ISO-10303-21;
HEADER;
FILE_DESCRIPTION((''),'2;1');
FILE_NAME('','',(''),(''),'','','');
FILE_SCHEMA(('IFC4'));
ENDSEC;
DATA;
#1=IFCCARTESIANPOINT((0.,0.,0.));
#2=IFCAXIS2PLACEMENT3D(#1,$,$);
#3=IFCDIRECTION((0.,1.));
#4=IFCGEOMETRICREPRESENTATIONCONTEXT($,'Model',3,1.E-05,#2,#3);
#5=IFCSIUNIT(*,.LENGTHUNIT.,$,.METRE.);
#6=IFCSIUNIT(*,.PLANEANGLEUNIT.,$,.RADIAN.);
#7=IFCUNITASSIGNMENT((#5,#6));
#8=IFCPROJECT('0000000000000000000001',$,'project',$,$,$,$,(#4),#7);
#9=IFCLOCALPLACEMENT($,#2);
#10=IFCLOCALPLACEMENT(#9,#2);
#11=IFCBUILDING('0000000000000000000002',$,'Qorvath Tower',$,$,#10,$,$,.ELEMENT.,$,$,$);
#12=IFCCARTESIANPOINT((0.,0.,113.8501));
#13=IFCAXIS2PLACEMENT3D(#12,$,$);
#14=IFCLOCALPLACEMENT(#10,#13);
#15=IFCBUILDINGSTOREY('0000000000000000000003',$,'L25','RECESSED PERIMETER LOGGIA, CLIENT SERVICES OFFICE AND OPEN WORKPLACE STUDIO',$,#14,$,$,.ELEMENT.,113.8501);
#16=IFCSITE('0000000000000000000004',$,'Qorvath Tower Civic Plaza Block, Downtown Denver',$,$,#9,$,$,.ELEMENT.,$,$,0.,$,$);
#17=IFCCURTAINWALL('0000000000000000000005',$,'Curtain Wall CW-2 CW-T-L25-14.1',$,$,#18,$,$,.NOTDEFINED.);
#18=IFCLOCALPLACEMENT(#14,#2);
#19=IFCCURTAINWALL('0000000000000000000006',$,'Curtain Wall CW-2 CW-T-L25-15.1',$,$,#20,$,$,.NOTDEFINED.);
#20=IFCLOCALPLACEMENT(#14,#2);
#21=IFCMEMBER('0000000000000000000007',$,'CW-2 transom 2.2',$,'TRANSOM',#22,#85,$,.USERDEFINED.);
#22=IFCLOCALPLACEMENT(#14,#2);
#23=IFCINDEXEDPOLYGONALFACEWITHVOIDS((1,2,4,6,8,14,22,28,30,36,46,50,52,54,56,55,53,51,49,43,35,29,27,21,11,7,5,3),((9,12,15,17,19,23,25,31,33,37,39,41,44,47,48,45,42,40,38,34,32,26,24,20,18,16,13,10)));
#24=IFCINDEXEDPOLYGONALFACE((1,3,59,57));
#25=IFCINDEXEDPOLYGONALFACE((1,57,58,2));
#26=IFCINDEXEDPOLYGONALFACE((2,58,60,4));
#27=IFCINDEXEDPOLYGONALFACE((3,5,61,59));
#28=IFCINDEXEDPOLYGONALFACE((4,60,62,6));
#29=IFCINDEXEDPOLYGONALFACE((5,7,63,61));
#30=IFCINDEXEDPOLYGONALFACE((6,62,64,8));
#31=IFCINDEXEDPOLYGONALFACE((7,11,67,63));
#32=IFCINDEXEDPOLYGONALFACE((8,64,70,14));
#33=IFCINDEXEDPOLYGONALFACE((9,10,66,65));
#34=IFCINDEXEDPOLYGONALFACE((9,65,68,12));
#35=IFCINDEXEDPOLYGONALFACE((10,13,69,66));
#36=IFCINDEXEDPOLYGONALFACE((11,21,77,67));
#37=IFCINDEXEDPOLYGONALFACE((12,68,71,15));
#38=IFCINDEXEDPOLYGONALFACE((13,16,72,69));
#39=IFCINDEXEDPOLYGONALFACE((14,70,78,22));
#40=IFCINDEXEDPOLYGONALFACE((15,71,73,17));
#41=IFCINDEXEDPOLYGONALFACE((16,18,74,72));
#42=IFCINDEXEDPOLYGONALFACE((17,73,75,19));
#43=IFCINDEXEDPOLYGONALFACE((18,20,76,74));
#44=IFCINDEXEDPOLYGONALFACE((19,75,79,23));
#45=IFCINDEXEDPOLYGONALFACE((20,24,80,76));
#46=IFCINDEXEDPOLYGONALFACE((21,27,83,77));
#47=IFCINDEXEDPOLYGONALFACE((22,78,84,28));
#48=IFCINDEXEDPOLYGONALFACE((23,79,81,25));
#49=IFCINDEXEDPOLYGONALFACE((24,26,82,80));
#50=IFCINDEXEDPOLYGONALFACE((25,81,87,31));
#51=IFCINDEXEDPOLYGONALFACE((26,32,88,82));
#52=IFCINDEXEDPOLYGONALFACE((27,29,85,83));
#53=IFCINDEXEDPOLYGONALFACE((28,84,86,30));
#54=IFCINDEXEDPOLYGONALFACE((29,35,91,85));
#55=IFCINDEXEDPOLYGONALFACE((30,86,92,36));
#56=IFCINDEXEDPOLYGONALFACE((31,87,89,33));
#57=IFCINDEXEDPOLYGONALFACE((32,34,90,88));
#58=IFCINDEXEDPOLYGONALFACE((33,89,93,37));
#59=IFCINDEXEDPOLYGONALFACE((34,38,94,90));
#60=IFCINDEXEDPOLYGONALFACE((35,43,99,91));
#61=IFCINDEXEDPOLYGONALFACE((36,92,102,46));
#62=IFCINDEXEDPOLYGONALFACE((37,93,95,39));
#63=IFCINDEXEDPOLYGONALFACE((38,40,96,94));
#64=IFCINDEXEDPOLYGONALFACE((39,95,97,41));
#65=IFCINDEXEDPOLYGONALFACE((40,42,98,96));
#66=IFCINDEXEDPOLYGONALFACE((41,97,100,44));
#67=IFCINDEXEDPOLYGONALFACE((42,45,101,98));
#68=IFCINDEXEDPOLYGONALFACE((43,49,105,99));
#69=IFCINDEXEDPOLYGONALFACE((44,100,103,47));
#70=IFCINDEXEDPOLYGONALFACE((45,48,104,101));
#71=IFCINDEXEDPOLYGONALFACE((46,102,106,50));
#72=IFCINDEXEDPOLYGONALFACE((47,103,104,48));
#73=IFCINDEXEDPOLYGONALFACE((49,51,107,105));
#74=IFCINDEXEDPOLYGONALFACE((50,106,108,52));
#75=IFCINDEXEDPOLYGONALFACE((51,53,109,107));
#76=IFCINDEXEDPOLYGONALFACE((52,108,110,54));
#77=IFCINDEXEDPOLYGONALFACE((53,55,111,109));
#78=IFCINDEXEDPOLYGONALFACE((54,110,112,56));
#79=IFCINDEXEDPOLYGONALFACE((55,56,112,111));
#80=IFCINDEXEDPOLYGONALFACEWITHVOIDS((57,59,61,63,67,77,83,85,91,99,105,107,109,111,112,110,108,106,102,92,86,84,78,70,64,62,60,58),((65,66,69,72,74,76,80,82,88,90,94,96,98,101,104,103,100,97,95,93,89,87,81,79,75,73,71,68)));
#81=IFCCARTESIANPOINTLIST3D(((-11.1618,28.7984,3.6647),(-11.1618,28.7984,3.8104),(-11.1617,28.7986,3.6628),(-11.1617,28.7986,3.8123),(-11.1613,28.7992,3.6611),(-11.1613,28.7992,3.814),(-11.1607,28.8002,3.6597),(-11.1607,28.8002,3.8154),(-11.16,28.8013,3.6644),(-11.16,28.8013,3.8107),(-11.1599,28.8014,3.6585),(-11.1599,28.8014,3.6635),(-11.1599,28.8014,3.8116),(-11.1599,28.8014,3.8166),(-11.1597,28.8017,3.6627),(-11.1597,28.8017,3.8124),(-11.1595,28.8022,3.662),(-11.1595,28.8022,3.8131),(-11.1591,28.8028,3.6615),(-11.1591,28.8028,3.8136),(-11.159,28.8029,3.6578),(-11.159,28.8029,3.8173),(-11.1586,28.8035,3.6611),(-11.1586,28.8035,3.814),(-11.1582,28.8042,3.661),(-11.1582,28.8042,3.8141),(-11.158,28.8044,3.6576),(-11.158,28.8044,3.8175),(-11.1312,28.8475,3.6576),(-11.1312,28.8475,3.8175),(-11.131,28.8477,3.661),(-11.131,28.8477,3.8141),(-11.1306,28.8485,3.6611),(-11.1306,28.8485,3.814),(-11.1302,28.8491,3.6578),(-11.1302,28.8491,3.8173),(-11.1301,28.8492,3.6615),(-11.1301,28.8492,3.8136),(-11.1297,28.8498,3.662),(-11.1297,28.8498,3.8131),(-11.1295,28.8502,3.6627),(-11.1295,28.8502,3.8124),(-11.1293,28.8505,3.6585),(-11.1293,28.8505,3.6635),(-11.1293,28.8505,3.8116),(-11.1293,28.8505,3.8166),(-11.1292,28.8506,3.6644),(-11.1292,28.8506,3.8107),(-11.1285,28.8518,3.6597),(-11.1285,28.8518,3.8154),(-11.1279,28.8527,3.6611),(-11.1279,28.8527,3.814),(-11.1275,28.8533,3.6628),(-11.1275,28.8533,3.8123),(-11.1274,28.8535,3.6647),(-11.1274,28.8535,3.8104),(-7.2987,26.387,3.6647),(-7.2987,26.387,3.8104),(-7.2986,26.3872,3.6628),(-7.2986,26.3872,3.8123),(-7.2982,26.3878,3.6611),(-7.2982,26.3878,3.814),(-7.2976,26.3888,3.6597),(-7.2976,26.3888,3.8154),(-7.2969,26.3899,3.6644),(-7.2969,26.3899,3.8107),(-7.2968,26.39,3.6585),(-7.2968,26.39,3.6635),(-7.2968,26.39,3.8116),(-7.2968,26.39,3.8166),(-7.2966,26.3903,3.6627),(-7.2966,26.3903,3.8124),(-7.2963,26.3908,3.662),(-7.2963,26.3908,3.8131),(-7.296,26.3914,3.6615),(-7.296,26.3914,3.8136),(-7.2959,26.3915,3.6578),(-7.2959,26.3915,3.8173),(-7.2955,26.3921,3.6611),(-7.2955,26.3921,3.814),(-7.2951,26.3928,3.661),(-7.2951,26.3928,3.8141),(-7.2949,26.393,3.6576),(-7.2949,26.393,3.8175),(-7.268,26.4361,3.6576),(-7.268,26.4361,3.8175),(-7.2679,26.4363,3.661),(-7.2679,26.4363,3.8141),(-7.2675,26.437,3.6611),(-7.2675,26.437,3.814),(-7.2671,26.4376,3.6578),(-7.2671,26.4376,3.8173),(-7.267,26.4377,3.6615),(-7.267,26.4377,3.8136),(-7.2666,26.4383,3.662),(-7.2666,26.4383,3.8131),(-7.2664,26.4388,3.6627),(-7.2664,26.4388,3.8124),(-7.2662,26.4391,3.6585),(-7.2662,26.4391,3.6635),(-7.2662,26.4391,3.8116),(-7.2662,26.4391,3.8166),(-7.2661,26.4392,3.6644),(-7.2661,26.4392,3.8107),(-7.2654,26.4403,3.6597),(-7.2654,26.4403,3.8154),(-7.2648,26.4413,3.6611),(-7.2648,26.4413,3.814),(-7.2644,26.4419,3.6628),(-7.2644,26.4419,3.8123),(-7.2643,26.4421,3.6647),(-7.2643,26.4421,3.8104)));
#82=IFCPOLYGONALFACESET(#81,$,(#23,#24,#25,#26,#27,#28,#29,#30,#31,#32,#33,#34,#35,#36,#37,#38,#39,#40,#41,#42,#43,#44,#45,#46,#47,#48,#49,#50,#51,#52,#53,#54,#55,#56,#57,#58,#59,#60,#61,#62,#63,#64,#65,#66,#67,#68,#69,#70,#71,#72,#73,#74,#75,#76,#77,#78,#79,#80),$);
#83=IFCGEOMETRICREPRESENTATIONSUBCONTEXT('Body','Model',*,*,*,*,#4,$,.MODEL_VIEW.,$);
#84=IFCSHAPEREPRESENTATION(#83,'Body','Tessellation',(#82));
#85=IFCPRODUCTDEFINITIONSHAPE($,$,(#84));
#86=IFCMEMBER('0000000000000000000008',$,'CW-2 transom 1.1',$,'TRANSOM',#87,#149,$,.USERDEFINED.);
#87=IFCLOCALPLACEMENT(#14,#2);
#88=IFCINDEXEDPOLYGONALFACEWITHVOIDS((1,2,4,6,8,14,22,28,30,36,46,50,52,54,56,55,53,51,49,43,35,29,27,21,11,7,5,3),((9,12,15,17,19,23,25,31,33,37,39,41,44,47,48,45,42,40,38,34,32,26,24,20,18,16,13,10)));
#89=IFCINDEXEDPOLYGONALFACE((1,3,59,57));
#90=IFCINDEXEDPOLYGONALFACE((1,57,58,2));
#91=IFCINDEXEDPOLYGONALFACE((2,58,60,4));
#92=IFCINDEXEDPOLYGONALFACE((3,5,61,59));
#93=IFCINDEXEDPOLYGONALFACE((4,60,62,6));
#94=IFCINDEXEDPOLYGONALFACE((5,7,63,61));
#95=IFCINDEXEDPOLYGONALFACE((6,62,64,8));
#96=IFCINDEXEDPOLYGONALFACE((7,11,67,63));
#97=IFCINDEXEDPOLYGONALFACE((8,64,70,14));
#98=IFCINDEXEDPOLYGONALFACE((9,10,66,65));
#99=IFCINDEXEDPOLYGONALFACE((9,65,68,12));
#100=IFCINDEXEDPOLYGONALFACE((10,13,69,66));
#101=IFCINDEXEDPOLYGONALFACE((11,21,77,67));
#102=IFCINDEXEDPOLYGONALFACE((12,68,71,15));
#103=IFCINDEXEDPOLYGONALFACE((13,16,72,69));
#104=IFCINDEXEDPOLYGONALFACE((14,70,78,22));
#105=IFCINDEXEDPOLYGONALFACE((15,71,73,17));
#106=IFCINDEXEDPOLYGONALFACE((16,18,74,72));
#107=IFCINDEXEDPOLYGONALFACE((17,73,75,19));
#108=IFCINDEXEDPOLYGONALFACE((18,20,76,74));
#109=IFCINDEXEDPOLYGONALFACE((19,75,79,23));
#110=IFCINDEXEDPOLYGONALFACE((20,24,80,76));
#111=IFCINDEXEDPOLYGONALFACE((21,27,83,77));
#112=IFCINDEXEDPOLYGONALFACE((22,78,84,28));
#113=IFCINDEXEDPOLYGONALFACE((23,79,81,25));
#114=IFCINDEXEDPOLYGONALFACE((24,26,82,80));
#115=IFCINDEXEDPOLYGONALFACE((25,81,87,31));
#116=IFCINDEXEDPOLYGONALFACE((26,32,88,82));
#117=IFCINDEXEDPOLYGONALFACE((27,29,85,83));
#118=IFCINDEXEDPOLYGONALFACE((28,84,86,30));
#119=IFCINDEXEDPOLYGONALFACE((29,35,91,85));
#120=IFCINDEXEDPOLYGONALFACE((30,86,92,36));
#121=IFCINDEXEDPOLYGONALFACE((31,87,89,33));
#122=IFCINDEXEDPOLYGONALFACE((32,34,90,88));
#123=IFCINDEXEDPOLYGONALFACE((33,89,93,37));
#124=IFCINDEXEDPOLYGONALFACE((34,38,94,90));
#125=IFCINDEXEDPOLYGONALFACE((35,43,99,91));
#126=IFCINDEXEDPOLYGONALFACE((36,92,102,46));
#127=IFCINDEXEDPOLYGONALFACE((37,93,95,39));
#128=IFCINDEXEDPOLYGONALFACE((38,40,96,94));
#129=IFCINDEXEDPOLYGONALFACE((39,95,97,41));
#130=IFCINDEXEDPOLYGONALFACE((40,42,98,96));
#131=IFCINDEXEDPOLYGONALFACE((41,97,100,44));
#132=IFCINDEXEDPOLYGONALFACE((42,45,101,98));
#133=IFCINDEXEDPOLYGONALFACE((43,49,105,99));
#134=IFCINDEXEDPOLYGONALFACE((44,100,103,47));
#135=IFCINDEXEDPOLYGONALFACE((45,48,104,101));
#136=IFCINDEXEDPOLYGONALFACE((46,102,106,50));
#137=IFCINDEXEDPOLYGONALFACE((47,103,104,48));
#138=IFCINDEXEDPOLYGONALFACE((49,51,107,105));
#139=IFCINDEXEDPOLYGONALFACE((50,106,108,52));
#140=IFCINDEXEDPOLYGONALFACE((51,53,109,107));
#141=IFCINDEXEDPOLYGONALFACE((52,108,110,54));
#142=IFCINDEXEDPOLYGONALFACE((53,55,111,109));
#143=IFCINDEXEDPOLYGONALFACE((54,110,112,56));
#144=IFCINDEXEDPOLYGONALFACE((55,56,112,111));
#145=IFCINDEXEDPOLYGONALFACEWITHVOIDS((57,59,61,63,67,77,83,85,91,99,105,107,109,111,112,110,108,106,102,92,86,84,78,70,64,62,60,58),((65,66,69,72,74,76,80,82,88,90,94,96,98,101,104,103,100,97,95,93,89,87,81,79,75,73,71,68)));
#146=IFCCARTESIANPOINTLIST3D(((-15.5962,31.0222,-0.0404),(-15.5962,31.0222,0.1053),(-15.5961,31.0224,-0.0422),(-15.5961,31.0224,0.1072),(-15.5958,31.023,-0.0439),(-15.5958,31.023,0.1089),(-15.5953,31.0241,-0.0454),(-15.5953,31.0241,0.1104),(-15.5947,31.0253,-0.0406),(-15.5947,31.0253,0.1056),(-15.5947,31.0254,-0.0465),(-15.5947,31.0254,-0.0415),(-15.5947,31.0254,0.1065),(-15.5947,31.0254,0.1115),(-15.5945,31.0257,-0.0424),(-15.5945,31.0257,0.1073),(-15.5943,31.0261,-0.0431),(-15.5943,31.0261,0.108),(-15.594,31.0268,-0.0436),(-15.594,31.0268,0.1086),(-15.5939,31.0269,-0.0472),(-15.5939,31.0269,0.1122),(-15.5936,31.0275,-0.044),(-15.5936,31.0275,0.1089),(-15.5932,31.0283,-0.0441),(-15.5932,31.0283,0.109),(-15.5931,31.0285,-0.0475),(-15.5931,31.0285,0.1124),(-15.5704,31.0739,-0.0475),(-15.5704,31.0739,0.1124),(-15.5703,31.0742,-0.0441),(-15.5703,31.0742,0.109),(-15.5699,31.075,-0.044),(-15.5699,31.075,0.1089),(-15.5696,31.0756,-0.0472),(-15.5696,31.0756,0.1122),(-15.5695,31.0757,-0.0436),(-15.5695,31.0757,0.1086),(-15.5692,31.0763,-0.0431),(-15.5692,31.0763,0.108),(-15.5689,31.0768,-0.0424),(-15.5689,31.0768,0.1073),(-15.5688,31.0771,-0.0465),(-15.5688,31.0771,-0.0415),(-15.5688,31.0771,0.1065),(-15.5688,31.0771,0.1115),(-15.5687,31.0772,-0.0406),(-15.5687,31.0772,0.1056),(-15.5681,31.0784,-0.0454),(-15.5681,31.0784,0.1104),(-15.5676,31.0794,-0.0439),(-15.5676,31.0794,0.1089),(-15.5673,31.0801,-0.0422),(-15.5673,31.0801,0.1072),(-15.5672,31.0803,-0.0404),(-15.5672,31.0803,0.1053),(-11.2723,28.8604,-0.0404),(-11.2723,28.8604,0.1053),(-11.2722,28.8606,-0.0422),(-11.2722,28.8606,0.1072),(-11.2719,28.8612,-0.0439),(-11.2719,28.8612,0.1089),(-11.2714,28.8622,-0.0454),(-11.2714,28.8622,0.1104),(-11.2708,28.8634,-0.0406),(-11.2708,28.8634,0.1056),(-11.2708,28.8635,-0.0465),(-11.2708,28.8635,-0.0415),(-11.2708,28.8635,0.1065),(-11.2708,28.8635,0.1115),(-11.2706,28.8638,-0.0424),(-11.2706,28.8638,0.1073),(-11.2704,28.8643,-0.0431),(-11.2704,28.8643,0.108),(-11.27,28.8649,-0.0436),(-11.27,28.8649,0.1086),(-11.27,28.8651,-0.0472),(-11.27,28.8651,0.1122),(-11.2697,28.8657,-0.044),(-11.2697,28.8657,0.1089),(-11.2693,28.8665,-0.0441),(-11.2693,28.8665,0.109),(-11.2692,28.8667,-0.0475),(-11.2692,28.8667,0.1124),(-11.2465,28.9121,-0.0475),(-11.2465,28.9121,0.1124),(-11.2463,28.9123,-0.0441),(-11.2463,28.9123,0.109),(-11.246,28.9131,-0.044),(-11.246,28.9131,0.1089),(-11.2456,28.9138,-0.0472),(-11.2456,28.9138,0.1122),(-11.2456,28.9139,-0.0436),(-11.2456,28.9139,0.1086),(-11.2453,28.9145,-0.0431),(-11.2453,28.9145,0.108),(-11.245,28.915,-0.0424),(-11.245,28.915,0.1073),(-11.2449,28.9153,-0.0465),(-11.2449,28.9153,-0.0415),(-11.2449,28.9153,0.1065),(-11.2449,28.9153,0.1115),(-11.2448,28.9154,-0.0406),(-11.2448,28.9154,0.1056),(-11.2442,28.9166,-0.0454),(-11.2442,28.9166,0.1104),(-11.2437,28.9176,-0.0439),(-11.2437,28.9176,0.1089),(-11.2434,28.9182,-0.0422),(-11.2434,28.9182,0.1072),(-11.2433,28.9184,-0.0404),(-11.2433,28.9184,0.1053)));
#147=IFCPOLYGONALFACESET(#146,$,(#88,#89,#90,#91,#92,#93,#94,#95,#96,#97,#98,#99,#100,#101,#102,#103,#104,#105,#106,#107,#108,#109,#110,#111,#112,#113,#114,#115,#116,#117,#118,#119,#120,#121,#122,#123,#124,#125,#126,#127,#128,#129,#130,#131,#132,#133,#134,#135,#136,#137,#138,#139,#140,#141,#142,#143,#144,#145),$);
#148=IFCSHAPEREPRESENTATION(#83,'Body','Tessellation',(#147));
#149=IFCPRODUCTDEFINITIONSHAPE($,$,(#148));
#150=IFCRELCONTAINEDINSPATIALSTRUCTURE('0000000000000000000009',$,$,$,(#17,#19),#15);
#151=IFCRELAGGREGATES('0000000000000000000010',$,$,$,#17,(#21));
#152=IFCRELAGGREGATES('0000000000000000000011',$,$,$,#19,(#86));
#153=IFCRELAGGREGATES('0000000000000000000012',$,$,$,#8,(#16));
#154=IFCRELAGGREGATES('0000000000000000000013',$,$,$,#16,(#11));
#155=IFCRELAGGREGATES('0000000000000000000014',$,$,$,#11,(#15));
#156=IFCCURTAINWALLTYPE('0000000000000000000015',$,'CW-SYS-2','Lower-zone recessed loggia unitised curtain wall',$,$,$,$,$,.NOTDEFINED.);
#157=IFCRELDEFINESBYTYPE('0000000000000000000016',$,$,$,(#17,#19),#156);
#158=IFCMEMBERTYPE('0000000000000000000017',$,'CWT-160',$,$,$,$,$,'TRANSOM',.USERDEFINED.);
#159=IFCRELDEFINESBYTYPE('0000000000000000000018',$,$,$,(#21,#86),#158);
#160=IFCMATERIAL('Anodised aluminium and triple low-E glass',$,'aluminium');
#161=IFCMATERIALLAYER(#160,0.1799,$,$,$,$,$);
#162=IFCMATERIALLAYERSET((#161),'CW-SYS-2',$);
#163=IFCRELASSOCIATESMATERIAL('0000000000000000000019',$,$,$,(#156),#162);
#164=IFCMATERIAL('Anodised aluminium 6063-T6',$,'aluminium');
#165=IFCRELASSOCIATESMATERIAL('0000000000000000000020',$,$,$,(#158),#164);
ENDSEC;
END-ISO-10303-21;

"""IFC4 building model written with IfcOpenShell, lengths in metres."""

from ifc_helpers import new_model, si_unit, direction, frame, origin, origin_2d, place, context, subcontext, project, spatial, hollow_rectangle, extrude, material, layer, layer_set, material_profile, profile_set, type_object, element, aggregate, save


model = new_model("IFC4")

# Units and contexts
model_context = context("Model", 3, precision=1e-05, world=origin(), true_north=direction((0.0, 1.0)))
body_context = subcontext(model_context, "Body", "Model", "MODEL_VIEW")
ifc_project = project(units=[si_unit("LENGTHUNIT", "METRE"), si_unit("PLANEANGLEUNIT", "RADIAN")], contexts=[model_context])

# Site, building, storey
site_placement = place(None, origin())
site = spatial("IfcSite", under=ifc_project, at=site_placement, Name="Qorvath Tower Civic Plaza Block, Downtown Denver", CompositionType="ELEMENT", RefElevation=0.0)
building_placement = place(site_placement, origin())
building = spatial("IfcBuilding", under=site, at=building_placement, Name="Qorvath Tower", CompositionType="ELEMENT")
storey_placement = place(building_placement, frame((0.0, 0.0, 113.8501)))
storey = spatial("IfcBuildingStorey", under=building, at=storey_placement, Name="L25", Description="RECESSED PERIMETER LOGGIA, CLIENT SERVICES OFFICE AND OPEN WORKPLACE STUDIO", CompositionType="ELEMENT", Elevation=113.8501)

# Shared definitions
ifc_material_1 = material(Name="Anodised aluminium and triple low-E glass", Category="aluminium")
ifc_layer_1 = layer(ifc_material_1, 0.1799)
ifc_layer_set_1 = layer_set([ifc_layer_1], Name="CW-SYS-2")
curtain_wall_type = type_object("IfcCurtainWallType", Name="CW-SYS-2", Description="Lower-zone recessed loggia unitised curtain wall", PredefinedType="NOTDEFINED", material=ifc_layer_set_1)

# Curtain walls
curtain_wall_1_placement = place(storey_placement, origin())
curtain_wall_1 = element("IfcCurtainWall", 1, at=curtain_wall_1_placement, inside=storey, type_object=curtain_wall_type, Name="Curtain Wall CW-2 CW-T-L25-14.1", PredefinedType="NOTDEFINED")
curtain_wall_2_placement = place(storey_placement, origin())
curtain_wall_2 = element("IfcCurtainWall", 2, at=curtain_wall_2_placement, inside=storey, type_object=curtain_wall_type, Name="Curtain Wall CW-2 CW-T-L25-15.1", PredefinedType="NOTDEFINED")

# Members
ifc_material_2 = material(Name="Anodised aluminium 6063-T6", Category="aluminium")
ifc_material_profile_1 = material_profile(ifc_material_2, hollow_rectangle(XDim=0.0649, YDim=0.1599, WallThickness=0.0034, InnerFilletRadius=0.0034, OuterFilletRadius=0.0071, at=origin_2d()), Name="CWT 160x65")
ifc_profile_set_1 = profile_set([ifc_material_profile_1], Name="Anodised aluminium 6063-T6")
member_type_1 = type_object("IfcMemberType", Name="CWT-160", ElementType="TRANSOM", PredefinedType="USERDEFINED", material=ifc_profile_set_1)
member_1_placement = place(storey_placement, frame((-7.2815, 26.4146, 3.7375), z_axis=(-0.848296, 0.529522, 0.0), x_axis=(-0.529522, -0.848296, 0.0)))
member_1 = element("IfcMember", 3, at=member_1_placement, type_object=member_type_1, Name="CW-2 transom 2.2", ObjectType="TRANSOM", PredefinedType="USERDEFINED", context=body_context, shape_type="SweptSolid", body=[
    extrude(hollow_rectangle(XDim=0.0649, YDim=0.1599, WallThickness=0.0034, InnerFilletRadius=0.0034, OuterFilletRadius=0.0071, at=origin_2d()), origin(), (0.0, 0.0, 1.0), 4.554),
])
member_2_placement = place(storey_placement, frame((-11.2578, 28.8894, 0.0325), z_axis=(-0.894437, 0.447193, 0.0), x_axis=(-0.447193, -0.894437, 0.0)))
member_2 = element("IfcMember", 4, at=member_2_placement, type_object=member_type_1, Name="CW-2 transom 1.1", ObjectType="TRANSOM", PredefinedType="USERDEFINED", context=body_context, shape_type="SweptSolid", body=[
    extrude(hollow_rectangle(XDim=0.0649, YDim=0.1599, WallThickness=0.0034, InnerFilletRadius=0.0034, OuterFilletRadius=0.0071, at=origin_2d()), origin(), (0.0, 0.0, 1.0), 4.8342),
])

aggregate(curtain_wall_1, [member_1])
aggregate(curtain_wall_2, [member_2])

save(model, "model.ifc")
